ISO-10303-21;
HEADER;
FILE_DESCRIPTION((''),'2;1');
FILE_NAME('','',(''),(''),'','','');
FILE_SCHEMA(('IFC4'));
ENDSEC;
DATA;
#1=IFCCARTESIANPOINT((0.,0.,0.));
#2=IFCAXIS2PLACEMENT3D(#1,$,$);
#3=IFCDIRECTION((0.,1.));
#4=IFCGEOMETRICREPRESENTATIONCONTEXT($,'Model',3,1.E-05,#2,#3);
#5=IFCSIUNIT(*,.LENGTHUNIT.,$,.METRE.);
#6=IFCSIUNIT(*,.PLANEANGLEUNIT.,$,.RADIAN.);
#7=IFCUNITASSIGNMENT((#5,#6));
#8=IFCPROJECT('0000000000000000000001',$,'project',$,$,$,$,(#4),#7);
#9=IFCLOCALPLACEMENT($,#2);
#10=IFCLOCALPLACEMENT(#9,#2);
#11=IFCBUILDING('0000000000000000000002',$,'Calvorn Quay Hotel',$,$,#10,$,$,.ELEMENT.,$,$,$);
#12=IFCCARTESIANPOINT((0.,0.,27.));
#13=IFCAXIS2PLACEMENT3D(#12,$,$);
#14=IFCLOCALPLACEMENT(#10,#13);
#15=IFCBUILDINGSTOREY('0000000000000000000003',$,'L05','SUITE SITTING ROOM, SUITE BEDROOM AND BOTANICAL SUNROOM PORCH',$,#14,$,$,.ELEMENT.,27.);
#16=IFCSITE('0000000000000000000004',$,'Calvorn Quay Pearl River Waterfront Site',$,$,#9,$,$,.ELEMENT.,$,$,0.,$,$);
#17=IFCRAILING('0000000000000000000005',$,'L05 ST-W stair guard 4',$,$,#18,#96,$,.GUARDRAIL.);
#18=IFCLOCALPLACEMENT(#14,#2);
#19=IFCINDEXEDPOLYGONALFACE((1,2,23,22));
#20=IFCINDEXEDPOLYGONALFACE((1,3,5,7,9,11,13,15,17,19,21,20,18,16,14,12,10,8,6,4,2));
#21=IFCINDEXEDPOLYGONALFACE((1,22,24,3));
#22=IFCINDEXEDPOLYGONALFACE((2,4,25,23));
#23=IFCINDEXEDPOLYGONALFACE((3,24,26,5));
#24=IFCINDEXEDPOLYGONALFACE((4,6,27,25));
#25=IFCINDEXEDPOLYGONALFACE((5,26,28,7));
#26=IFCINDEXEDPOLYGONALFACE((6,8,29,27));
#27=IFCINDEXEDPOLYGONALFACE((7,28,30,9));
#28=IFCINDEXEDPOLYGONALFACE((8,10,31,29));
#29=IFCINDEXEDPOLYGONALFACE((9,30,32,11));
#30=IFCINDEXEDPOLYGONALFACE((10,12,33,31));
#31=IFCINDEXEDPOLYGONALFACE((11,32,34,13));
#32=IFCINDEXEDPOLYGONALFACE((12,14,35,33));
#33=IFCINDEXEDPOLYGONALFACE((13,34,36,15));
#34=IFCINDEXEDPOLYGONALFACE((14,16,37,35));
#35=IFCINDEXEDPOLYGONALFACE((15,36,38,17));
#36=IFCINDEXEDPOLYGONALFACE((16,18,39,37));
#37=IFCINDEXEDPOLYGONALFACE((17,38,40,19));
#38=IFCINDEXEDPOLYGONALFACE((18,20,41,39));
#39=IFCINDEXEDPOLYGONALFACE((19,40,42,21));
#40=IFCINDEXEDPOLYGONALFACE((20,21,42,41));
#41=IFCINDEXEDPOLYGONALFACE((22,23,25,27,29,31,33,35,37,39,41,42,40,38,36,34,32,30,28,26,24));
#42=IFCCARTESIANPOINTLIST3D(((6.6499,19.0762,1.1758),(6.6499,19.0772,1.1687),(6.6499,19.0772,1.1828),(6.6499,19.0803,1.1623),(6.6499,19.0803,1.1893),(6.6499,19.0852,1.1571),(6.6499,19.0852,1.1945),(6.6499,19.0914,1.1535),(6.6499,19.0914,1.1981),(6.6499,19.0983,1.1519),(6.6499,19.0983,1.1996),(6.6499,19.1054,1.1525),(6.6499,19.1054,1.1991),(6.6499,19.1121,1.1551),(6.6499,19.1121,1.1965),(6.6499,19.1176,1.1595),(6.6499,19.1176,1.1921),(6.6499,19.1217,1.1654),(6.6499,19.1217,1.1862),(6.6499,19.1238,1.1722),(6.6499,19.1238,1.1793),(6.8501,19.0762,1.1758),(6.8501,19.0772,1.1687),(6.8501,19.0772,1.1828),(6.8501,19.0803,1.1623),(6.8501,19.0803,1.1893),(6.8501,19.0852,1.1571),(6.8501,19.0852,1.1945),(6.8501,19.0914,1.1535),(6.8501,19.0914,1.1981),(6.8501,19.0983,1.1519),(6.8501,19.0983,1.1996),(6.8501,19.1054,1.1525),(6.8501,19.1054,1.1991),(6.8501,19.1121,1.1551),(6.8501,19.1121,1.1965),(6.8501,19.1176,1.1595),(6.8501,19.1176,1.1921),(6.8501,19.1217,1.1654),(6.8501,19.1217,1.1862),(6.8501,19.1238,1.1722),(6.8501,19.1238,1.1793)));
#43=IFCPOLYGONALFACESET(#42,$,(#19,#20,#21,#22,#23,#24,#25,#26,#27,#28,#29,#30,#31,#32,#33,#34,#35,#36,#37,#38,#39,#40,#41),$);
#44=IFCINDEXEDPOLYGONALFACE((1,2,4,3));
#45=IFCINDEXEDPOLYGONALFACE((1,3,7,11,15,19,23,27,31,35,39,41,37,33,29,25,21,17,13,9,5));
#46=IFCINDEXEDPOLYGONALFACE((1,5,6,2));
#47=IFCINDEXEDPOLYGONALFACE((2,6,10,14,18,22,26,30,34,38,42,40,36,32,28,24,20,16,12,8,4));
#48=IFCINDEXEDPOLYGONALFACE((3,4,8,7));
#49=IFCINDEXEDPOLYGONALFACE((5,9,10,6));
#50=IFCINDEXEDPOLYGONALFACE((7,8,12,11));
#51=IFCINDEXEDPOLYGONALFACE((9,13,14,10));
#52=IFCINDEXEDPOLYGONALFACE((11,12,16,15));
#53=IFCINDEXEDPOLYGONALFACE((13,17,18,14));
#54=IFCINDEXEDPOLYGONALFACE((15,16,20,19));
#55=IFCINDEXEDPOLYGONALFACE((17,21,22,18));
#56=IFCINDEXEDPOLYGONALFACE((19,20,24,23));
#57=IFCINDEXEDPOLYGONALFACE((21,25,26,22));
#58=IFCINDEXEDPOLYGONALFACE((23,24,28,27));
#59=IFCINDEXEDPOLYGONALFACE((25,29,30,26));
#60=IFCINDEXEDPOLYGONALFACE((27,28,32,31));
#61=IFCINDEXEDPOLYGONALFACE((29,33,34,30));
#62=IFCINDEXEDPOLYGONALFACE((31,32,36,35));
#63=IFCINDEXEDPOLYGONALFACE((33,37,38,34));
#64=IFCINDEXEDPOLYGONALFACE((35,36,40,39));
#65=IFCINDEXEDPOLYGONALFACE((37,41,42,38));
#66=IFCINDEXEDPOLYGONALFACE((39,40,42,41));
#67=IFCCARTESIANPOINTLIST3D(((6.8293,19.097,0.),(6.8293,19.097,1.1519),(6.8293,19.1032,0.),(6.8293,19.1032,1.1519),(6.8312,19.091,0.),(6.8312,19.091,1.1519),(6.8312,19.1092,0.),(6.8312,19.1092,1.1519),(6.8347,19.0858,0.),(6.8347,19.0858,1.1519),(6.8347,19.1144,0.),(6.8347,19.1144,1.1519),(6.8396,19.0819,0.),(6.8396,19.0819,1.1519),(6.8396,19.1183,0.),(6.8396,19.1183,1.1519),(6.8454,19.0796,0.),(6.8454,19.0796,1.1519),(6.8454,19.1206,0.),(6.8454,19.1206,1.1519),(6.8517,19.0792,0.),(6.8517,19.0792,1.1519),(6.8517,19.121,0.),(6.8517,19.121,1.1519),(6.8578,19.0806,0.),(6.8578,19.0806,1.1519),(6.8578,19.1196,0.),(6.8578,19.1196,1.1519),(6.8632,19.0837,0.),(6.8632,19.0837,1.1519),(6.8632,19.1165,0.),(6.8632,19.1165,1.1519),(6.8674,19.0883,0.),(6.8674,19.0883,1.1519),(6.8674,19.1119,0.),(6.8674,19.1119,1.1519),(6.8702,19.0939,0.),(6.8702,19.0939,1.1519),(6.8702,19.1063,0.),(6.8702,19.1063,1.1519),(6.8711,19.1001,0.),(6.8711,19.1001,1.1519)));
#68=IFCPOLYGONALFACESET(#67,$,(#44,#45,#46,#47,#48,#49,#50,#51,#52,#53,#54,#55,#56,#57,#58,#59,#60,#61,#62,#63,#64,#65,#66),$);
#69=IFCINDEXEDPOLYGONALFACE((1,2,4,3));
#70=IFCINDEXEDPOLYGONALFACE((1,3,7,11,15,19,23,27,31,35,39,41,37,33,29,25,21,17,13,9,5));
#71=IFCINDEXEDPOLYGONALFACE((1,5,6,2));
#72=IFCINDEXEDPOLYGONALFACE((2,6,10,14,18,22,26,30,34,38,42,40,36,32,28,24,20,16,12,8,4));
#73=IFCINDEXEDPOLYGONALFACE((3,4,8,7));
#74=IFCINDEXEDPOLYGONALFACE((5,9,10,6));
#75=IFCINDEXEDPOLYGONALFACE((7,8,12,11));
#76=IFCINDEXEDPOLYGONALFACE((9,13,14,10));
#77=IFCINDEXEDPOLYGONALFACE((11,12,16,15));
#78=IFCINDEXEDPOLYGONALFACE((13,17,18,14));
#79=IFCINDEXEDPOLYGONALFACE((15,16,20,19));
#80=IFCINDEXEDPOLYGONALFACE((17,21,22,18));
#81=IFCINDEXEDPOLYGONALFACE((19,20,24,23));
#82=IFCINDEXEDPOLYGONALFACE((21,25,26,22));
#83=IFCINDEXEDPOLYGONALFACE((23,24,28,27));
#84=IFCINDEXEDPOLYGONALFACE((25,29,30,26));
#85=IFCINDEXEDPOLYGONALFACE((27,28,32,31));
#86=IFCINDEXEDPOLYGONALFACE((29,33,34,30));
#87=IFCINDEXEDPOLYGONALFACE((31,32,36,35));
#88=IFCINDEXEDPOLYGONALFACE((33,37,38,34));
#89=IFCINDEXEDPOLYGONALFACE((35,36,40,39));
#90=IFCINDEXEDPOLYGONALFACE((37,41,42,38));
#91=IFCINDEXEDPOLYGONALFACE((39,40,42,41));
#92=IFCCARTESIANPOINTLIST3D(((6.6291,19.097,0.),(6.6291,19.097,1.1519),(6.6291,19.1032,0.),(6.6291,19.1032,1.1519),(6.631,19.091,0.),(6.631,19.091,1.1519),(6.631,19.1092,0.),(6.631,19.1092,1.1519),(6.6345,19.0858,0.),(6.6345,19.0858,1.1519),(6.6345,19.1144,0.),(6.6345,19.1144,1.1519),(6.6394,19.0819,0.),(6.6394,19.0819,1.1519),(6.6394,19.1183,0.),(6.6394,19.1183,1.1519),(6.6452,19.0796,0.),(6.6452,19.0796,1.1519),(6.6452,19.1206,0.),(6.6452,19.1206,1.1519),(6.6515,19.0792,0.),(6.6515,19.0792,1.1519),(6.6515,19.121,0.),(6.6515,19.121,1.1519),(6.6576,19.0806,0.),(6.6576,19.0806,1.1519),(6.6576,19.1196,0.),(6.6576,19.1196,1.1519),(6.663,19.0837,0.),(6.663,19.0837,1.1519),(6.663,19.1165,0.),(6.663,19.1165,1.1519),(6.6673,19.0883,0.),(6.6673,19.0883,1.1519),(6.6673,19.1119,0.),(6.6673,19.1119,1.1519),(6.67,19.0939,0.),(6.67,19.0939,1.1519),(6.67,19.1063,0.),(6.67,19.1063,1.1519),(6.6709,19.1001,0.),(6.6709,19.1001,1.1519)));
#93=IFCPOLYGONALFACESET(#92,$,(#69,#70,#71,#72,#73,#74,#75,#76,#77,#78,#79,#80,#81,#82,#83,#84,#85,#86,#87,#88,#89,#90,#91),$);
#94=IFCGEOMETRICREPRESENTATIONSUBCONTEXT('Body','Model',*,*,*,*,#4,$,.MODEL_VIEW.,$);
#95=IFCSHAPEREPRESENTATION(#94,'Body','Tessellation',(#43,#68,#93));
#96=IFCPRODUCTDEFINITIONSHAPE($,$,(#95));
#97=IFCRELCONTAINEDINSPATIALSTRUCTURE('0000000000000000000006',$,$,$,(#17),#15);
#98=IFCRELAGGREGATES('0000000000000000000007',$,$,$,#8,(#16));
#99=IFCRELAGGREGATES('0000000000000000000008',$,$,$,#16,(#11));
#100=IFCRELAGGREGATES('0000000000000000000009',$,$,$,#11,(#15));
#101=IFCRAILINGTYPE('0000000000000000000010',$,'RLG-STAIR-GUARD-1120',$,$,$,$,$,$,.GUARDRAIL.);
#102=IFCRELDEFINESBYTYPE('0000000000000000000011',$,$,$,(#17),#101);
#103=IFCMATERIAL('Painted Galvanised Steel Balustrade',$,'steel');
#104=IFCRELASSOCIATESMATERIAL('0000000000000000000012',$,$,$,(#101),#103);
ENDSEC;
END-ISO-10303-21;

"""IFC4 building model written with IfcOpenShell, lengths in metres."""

from ifc_helpers import new_model, si_unit, direction, frame, origin, origin_2d, place, context, subcontext, project, spatial, circle, extrude, material, type_object, element, save


model = new_model("IFC4")

# Units and contexts
model_context = context("Model", 3, precision=1e-05, world=origin(), true_north=direction((0.0, 1.0)))
body_context = subcontext(model_context, "Body", "Model", "MODEL_VIEW")
ifc_project = project(units=[si_unit("LENGTHUNIT", "METRE"), si_unit("PLANEANGLEUNIT", "RADIAN")], contexts=[model_context])

# Site, building, storey
site_placement = place(None, origin())
site = spatial("IfcSite", under=ifc_project, at=site_placement, Name="Calvorn Quay Pearl River Waterfront Site", CompositionType="ELEMENT", RefElevation=0.0)
building_placement = place(site_placement, origin())
building = spatial("IfcBuilding", under=site, at=building_placement, Name="Calvorn Quay Hotel", CompositionType="ELEMENT")
storey_placement = place(building_placement, frame((0.0, 0.0, 27.0)))
storey = spatial("IfcBuildingStorey", under=building, at=storey_placement, Name="L05", Description="SUITE SITTING ROOM, SUITE BEDROOM AND BOTANICAL SUNROOM PORCH", CompositionType="ELEMENT", Elevation=27.0)

# Railing
ifc_material_1 = material(Name="Painted Galvanised Steel Balustrade", Category="steel")
railing_type_1 = type_object("IfcRailingType", Name="RLG-STAIR-GUARD-1120", PredefinedType="GUARDRAIL", material=ifc_material_1)
railing_1_placement = place(storey_placement, frame((6.8501, 19.1001, 0.0)))
element("IfcRailing", 1, at=railing_1_placement, inside=storey, type_object=railing_type_1, Name="L05 ST-W stair guard 4", PredefinedType="GUARDRAIL", context=body_context, shape_type="SweptSolid", body=[
    extrude(circle(Radius=0.0239, at=origin_2d()), frame((0.0, 0.0, 1.1758), z_axis=(-1.0, 0.0, 0.0), x_axis=(0.0, -1.0, 0.0)), (0.0, 0.0, 1.0), 0.2002),
    extrude(circle(Radius=0.021, at=origin_2d()), origin(), (0.0, 0.0, 1.0), 1.1519),
    extrude(circle(Radius=0.021, at=origin_2d()), frame((-0.2002, 0.0, 0.0)), (0.0, 0.0, 1.0), 1.1519),
])

save(model, "model.ifc")
